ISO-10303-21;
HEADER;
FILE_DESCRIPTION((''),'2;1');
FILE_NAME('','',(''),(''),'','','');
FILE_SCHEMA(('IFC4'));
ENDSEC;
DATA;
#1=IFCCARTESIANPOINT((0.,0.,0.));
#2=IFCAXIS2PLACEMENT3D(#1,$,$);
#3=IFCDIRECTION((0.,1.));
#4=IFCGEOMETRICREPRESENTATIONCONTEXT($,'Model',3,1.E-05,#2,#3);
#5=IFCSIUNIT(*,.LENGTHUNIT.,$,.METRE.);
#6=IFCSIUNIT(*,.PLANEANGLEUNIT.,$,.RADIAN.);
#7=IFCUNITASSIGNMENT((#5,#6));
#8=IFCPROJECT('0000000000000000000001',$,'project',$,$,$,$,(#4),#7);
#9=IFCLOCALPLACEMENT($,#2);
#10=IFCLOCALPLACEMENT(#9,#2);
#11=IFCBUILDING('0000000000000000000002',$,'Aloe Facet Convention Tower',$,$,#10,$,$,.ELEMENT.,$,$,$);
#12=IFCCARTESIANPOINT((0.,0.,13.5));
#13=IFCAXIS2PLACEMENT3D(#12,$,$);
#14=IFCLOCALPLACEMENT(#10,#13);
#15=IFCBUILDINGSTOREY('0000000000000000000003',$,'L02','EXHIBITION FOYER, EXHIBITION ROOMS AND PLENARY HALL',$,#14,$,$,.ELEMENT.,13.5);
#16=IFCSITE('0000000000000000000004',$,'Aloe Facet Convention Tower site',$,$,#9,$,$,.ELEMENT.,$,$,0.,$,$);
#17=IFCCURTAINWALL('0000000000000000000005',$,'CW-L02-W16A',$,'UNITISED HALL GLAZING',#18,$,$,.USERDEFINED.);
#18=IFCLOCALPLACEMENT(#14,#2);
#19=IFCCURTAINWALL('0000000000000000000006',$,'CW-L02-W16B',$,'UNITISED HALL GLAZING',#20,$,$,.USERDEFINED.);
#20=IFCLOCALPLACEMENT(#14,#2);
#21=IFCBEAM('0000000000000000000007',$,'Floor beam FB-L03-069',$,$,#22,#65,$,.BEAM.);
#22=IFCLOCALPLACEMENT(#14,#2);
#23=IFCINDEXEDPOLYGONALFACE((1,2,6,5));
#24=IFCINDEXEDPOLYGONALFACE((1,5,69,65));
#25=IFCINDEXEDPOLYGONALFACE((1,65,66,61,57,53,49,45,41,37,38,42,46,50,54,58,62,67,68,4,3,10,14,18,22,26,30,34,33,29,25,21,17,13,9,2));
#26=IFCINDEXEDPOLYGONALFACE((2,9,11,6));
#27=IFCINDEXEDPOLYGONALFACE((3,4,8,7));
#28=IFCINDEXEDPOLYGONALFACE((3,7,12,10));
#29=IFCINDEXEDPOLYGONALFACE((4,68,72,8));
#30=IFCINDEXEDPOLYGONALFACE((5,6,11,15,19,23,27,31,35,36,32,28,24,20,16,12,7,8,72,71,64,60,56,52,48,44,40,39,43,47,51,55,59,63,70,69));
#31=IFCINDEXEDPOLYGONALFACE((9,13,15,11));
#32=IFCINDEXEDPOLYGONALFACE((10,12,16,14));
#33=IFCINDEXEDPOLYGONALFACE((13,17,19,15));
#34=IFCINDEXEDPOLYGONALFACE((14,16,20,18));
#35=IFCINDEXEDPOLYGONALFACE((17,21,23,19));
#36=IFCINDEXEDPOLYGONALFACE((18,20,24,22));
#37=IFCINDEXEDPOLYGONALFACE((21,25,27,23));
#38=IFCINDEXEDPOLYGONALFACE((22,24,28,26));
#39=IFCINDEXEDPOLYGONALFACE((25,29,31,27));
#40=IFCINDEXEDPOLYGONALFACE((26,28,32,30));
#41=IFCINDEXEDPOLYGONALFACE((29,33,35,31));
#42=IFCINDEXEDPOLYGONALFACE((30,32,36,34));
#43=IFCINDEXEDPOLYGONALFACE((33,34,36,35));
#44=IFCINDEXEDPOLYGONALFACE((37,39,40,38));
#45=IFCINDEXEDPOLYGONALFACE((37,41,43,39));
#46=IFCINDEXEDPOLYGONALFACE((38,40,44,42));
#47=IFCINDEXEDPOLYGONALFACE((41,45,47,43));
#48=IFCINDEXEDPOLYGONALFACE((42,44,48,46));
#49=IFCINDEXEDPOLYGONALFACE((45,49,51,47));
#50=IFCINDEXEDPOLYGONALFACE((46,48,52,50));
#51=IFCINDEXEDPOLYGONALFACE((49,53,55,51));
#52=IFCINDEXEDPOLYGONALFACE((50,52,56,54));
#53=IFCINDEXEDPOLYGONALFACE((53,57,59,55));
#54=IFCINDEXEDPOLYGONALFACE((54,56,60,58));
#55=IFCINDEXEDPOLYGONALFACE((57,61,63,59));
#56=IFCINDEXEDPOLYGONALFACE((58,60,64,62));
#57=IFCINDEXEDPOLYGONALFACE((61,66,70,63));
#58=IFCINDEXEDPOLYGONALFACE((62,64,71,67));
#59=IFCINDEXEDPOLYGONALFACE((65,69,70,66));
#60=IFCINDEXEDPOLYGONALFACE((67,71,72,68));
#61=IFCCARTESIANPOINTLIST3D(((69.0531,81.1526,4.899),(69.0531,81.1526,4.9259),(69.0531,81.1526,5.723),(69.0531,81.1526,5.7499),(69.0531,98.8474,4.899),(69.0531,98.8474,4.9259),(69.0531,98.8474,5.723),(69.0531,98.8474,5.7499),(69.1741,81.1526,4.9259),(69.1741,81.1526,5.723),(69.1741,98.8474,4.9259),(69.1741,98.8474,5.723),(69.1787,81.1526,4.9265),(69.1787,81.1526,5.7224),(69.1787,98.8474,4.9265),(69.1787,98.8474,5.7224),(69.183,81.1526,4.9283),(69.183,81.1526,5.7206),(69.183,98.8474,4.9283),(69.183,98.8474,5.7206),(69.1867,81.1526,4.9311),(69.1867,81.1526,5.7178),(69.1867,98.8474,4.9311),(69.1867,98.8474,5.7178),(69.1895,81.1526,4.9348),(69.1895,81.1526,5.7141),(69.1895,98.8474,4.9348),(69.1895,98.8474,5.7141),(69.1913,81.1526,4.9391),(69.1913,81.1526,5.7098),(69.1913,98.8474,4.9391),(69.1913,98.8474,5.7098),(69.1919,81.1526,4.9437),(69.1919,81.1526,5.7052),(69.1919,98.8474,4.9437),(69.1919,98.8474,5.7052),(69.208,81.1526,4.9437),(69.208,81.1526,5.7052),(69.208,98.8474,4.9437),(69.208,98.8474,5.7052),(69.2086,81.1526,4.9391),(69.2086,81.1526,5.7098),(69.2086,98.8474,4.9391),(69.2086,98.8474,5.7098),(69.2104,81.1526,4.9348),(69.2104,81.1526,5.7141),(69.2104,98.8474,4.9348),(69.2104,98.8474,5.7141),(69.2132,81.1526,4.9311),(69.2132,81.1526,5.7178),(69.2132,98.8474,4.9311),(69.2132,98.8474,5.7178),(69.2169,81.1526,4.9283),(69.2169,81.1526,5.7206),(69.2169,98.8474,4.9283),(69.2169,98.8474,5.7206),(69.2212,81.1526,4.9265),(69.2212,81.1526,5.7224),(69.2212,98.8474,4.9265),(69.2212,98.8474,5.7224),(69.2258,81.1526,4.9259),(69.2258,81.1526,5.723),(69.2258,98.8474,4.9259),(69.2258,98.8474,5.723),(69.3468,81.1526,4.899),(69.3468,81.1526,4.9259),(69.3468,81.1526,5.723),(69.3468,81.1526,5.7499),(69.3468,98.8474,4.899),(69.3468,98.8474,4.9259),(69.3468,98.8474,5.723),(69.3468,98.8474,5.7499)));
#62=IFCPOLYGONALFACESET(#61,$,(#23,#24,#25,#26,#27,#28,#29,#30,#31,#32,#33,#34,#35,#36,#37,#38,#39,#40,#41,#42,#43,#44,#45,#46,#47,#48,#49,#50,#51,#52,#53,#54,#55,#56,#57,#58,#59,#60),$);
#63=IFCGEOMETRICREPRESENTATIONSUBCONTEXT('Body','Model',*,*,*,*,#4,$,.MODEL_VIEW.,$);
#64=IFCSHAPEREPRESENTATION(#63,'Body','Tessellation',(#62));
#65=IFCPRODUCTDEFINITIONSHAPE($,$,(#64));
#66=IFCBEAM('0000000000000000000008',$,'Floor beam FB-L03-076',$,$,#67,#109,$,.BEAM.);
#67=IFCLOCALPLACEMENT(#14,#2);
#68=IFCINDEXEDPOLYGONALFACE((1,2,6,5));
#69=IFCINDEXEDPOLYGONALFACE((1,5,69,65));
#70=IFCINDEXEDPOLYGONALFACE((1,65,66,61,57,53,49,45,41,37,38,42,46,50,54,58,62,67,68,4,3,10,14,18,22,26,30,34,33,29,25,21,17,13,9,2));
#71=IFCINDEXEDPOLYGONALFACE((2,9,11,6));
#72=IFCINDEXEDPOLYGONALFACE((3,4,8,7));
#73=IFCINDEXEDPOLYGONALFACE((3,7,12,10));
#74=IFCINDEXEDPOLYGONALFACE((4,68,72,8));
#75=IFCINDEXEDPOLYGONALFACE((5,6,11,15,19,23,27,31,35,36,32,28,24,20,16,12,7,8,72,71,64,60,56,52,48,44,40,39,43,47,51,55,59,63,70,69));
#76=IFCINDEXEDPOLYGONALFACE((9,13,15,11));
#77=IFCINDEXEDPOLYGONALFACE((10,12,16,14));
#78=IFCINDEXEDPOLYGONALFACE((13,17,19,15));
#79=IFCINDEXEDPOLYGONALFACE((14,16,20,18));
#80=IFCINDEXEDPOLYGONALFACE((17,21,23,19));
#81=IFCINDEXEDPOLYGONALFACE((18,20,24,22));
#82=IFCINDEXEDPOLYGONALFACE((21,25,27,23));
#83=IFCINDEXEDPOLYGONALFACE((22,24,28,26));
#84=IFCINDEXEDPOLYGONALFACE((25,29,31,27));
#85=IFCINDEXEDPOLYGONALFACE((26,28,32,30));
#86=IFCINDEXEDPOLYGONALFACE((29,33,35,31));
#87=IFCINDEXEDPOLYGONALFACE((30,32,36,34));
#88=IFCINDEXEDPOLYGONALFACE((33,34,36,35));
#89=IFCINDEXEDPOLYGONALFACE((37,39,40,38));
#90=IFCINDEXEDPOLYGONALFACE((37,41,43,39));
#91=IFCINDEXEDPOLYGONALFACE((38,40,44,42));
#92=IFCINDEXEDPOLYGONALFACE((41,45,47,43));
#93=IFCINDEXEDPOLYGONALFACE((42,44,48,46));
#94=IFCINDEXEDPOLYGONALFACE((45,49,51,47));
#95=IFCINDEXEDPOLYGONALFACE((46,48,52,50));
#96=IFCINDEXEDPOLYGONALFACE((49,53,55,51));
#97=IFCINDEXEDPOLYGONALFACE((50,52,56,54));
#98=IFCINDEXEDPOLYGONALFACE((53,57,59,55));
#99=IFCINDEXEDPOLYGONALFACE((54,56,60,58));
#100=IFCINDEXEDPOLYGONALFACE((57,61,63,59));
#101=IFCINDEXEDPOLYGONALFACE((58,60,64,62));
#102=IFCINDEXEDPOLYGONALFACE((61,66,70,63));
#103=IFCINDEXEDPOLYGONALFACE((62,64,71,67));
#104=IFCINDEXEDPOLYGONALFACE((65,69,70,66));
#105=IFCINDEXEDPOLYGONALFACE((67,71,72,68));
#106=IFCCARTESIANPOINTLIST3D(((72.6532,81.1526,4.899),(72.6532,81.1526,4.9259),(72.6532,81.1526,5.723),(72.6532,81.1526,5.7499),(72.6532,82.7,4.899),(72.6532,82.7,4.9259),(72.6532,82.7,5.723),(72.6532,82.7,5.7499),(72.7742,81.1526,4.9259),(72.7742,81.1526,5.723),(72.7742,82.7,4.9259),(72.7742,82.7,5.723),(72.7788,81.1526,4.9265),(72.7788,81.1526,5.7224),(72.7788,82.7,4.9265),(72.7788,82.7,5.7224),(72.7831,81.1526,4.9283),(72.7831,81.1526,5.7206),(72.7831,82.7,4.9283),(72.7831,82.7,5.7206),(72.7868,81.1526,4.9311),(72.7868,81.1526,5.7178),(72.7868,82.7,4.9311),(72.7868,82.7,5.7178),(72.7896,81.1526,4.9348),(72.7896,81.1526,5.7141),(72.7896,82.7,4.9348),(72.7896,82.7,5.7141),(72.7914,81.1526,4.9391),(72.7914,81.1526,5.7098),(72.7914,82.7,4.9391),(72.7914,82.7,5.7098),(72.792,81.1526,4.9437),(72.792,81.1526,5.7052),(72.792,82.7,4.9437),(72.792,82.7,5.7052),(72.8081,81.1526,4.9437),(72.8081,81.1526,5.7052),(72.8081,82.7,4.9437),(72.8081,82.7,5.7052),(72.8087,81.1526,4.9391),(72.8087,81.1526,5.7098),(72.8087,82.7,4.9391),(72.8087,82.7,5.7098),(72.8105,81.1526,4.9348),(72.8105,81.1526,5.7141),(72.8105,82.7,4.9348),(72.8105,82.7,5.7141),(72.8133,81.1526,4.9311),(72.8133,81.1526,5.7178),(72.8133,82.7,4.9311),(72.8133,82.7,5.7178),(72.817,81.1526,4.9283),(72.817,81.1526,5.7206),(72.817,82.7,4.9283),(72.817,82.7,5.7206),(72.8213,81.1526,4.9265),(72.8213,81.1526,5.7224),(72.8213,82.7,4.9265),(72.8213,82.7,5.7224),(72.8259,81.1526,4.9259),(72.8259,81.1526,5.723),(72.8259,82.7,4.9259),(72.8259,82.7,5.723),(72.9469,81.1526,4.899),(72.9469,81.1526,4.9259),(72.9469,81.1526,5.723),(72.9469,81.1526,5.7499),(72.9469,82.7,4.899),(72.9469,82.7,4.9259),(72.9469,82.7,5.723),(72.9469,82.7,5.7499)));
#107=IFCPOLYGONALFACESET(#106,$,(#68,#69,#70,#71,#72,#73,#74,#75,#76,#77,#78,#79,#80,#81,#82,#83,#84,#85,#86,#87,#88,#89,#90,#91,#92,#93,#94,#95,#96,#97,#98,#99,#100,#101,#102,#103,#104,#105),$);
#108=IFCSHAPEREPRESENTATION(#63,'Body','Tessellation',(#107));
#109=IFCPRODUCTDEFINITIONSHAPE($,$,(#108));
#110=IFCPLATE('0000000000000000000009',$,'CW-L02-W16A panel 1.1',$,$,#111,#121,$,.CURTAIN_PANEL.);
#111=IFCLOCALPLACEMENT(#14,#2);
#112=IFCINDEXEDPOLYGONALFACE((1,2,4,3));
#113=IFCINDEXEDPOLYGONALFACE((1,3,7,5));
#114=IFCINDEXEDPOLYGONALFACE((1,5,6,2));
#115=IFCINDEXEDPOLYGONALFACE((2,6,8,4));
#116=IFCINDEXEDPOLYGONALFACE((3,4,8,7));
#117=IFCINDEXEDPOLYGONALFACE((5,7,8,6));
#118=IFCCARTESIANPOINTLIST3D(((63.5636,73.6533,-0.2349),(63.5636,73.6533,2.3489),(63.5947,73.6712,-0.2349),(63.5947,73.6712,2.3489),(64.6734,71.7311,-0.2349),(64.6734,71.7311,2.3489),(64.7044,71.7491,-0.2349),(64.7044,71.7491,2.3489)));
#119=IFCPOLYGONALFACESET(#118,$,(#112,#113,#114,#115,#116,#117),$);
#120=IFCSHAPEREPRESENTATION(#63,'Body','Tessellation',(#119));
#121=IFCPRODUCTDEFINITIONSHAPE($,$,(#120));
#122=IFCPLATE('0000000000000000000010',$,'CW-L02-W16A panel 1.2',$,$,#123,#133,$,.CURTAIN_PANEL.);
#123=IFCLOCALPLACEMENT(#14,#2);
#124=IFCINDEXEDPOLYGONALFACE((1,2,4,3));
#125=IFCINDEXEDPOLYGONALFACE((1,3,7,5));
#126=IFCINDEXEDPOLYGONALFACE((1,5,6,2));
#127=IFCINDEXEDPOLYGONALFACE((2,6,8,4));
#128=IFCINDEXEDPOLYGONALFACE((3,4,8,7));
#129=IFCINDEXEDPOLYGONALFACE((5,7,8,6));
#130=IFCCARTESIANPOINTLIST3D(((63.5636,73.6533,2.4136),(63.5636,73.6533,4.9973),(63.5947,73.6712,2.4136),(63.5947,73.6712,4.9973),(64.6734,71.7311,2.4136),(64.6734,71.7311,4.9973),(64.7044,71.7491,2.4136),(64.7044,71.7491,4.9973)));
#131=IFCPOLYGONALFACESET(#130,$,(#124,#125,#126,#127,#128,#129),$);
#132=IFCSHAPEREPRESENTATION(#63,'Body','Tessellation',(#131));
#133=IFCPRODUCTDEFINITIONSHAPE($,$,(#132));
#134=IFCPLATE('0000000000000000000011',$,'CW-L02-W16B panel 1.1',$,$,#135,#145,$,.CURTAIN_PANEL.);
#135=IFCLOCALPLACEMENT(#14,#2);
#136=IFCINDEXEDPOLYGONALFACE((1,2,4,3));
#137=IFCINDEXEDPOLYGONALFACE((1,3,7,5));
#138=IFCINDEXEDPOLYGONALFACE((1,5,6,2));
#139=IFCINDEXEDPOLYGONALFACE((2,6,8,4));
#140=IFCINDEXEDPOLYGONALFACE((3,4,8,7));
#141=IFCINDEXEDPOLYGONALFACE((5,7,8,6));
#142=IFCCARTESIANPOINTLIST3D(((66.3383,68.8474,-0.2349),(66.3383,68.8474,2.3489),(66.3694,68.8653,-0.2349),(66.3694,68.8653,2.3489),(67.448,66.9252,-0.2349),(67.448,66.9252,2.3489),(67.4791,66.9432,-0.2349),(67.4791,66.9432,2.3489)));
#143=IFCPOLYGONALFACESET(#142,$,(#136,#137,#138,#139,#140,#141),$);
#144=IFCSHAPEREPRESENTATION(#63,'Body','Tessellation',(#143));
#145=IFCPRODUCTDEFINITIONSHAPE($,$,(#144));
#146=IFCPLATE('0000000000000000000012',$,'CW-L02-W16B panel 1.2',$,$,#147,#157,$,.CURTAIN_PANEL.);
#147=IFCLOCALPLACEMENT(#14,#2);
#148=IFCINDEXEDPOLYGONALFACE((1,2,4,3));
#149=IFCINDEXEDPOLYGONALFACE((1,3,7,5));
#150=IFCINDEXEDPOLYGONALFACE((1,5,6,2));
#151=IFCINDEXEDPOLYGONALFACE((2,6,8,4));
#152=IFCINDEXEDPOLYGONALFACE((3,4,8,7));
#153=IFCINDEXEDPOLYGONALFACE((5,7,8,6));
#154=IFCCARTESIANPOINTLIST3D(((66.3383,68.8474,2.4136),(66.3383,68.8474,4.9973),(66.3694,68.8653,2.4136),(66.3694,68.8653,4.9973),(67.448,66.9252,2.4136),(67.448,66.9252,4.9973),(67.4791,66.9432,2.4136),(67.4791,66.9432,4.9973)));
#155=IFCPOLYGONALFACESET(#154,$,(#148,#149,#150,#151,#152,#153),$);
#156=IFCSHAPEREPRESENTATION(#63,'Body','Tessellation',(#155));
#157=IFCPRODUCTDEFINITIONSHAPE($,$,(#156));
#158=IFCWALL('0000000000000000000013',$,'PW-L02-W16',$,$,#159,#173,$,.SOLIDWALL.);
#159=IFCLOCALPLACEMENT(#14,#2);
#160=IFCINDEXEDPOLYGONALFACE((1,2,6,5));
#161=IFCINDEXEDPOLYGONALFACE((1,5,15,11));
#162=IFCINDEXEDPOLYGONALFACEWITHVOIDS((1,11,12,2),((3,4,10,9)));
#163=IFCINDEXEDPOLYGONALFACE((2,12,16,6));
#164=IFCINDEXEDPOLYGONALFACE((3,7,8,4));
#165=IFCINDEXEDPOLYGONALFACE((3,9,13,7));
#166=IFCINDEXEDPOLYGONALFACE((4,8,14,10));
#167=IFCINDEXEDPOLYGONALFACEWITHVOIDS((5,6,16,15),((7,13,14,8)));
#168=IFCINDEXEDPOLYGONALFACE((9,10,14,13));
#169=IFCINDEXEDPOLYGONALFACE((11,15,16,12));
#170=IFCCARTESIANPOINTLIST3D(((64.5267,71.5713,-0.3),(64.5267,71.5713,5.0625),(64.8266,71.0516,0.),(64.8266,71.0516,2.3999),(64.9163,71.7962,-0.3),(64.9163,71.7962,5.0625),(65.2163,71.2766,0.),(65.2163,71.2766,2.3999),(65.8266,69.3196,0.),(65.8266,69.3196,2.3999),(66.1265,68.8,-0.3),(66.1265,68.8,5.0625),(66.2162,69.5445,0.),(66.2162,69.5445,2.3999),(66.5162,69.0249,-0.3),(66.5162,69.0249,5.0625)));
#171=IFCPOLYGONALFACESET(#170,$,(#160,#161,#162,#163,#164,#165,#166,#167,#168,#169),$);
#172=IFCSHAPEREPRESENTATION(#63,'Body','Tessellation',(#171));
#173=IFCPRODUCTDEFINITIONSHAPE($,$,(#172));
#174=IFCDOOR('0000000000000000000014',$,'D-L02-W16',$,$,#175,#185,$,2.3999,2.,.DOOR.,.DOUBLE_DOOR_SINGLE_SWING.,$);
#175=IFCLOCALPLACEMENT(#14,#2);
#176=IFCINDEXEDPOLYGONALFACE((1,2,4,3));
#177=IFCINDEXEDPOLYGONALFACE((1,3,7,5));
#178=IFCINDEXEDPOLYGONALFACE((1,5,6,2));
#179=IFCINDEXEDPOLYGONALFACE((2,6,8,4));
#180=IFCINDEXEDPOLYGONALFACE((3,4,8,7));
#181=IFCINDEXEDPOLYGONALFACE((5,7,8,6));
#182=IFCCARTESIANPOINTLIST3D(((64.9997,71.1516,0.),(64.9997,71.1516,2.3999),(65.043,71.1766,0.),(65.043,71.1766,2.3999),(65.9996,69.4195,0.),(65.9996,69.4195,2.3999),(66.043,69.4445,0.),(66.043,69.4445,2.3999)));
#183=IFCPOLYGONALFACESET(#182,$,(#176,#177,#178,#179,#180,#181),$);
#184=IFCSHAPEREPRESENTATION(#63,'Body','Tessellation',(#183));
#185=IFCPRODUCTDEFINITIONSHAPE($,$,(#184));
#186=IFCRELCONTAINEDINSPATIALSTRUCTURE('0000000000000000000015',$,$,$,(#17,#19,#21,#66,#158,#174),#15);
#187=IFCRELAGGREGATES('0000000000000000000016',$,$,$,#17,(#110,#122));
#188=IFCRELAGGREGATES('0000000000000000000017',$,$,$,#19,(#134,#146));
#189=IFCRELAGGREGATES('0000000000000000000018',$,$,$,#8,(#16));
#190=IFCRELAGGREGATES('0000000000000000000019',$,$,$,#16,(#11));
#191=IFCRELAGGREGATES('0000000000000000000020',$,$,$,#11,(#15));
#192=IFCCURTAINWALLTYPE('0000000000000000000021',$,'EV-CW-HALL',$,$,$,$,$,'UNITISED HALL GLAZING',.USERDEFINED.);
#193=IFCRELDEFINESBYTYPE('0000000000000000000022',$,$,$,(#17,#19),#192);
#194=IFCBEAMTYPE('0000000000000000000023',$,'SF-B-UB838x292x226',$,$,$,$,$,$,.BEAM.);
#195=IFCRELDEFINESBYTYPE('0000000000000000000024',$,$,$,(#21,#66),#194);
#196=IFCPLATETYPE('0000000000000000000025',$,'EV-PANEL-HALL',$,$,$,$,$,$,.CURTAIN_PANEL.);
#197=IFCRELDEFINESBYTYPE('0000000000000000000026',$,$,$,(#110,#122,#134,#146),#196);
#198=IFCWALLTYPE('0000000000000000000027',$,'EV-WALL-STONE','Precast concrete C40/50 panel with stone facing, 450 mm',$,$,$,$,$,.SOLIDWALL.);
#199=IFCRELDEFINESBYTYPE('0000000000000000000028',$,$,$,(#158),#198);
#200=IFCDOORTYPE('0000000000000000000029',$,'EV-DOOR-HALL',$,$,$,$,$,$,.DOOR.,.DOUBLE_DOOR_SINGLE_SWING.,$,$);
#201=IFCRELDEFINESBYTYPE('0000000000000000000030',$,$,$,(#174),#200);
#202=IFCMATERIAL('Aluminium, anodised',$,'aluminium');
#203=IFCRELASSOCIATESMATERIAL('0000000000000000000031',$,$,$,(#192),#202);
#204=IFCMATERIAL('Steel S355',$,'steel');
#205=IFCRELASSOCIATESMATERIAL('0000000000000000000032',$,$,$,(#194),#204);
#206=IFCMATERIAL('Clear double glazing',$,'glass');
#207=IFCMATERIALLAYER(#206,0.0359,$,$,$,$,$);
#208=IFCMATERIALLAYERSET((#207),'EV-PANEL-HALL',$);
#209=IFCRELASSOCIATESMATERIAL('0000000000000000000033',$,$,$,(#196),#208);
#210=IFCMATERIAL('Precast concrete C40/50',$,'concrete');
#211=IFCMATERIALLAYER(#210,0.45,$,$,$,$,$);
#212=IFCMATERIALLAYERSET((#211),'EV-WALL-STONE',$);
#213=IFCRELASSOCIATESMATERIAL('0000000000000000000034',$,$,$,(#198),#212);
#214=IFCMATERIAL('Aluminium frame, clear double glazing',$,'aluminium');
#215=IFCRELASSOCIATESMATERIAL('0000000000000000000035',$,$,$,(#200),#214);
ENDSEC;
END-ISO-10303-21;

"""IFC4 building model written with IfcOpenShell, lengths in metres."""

from ifc_helpers import new_model, si_unit, direction, frame, frame_2d, origin, origin_2d, place, context, subcontext, project, spatial, rectangle, i_section, extrude, material, layer, layer_set, material_profile, profile_set, type_object, element, fill, aggregate, save


model = new_model("IFC4")

# Units and contexts
model_context = context("Model", 3, precision=1e-05, world=origin(), true_north=direction((0.0, 1.0)))
body_context = subcontext(model_context, "Body", "Model", "MODEL_VIEW")
ifc_project = project(units=[si_unit("LENGTHUNIT", "METRE"), si_unit("PLANEANGLEUNIT", "RADIAN")], contexts=[model_context])

# Site, building, storey
site_placement = place(None, origin())
site = spatial("IfcSite", under=ifc_project, at=site_placement, Name="Aloe Facet Convention Tower site", CompositionType="ELEMENT", RefElevation=0.0)
building_placement = place(site_placement, origin())
building = spatial("IfcBuilding", under=site, at=building_placement, Name="Aloe Facet Convention Tower", CompositionType="ELEMENT")
storey_placement = place(building_placement, frame((0.0, 0.0, 13.5)))
storey = spatial("IfcBuildingStorey", under=building, at=storey_placement, Name="L02", Description="EXHIBITION FOYER, EXHIBITION ROOMS AND PLENARY HALL", CompositionType="ELEMENT", Elevation=13.5)

# Curtain wall
ifc_material_1 = material(Name="Aluminium, anodised", Category="aluminium")
curtain_wall_type = type_object("IfcCurtainWallType", Name="EV-CW-HALL", ElementType="UNITISED HALL GLAZING", PredefinedType="USERDEFINED", material=ifc_material_1)
curtain_wall_1_placement = place(storey_placement, origin())
curtain_wall_1 = element("IfcCurtainWall", 1, at=curtain_wall_1_placement, inside=storey, type_object=curtain_wall_type, Name="CW-L02-W16A", ObjectType="UNITISED HALL GLAZING", PredefinedType="USERDEFINED")

# Curtain wall
curtain_wall_2_placement = place(storey_placement, origin())
curtain_wall_2 = element("IfcCurtainWall", 2, at=curtain_wall_2_placement, inside=storey, type_object=curtain_wall_type, Name="CW-L02-W16B", ObjectType="UNITISED HALL GLAZING", PredefinedType="USERDEFINED")

# Beams
ifc_material_2 = material(Name="Steel S355", Category="steel")
ifc_material_profile_1 = material_profile(ifc_material_2, i_section(OverallWidth=0.2937, OverallDepth=0.8508, WebThickness=0.0161, FlangeThickness=0.0269, FilletRadius=0.0178, at=origin_2d()), Name="UB 838x292x226")
ifc_profile_set_1 = profile_set([ifc_material_profile_1], Name="Steel S355")
beam_type_1 = type_object("IfcBeamType", Name="SF-B-UB838x292x226", PredefinedType="BEAM", material=ifc_profile_set_1)
beam_1_placement = place(storey_placement, frame((69.2, 81.1526, 5.3245), z_axis=(0.0, 1.0, 0.0), x_axis=(-1.0, 0.0, 0.0)))
element("IfcBeam", 3, at=beam_1_placement, inside=storey, type_object=beam_type_1, Name="Floor beam FB-L03-069", PredefinedType="BEAM", context=body_context, shape_type="SweptSolid", body=[
    extrude(i_section(OverallWidth=0.2937, OverallDepth=0.8508, WebThickness=0.0161, FlangeThickness=0.0269, FilletRadius=0.0178, at=origin_2d()), origin(), (0.0, 0.0, 1.0), 17.6948),
])
beam_2_placement = place(storey_placement, frame((72.8, 81.1526, 5.3245), z_axis=(0.0, 1.0, 0.0), x_axis=(-1.0, 0.0, 0.0)))
element("IfcBeam", 4, at=beam_2_placement, inside=storey, type_object=beam_type_1, Name="Floor beam FB-L03-076", PredefinedType="BEAM", context=body_context, shape_type="SweptSolid", body=[
    extrude(i_section(OverallWidth=0.2937, OverallDepth=0.8508, WebThickness=0.0161, FlangeThickness=0.0269, FilletRadius=0.0178, at=origin_2d()), origin(), (0.0, 0.0, 1.0), 1.5474),
])

# Plates
ifc_material_3 = material(Name="Clear double glazing", Category="glass")
ifc_layer_1 = layer(ifc_material_3, 0.0359)
ifc_layer_set_1 = layer_set([ifc_layer_1], Name="EV-PANEL-HALL")
plate_type = type_object("IfcPlateType", Name="EV-PANEL-HALL", PredefinedType="CURTAIN_PANEL", material=ifc_layer_set_1)
plate_1_placement = place(storey_placement, frame((64.134, 72.7012, -0.2349), z_axis=(0.0, 0.0, 1.0), x_axis=(0.5, -0.866025, 0.0)))
plate_1 = element("IfcPlate", 5, at=plate_1_placement, type_object=plate_type, Name="CW-L02-W16A panel 1.1", PredefinedType="CURTAIN_PANEL", context=body_context, shape_type="SweptSolid", body=[
    extrude(rectangle(XDim=2.2195, YDim=0.0359, at=origin_2d()), origin(), (0.0, 0.0, 1.0), 2.5837),
])
plate_2_placement = place(storey_placement, frame((64.134, 72.7012, 2.4136), z_axis=(0.0, 0.0, 1.0), x_axis=(0.5, -0.866025, 0.0)))
plate_2 = element("IfcPlate", 6, at=plate_2_placement, type_object=plate_type, Name="CW-L02-W16A panel 1.2", PredefinedType="CURTAIN_PANEL", context=body_context, shape_type="SweptSolid", body=[
    extrude(rectangle(XDim=2.2195, YDim=0.0359, at=origin_2d()), origin(), (0.0, 0.0, 1.0), 2.5837),
])
aggregate(curtain_wall_1, [plate_1, plate_2])
plate_3_placement = place(storey_placement, frame((66.9087, 67.8953, -0.2349), z_axis=(0.0, 0.0, 1.0), x_axis=(0.5, -0.866025, 0.0)))
plate_3 = element("IfcPlate", 7, at=plate_3_placement, type_object=plate_type, Name="CW-L02-W16B panel 1.1", PredefinedType="CURTAIN_PANEL", context=body_context, shape_type="SweptSolid", body=[
    extrude(rectangle(XDim=2.2195, YDim=0.0359, at=origin_2d()), origin(), (0.0, 0.0, 1.0), 2.5837),
])
plate_4_placement = place(storey_placement, frame((66.9087, 67.8953, 2.4136), z_axis=(0.0, 0.0, 1.0), x_axis=(0.5, -0.866025, 0.0)))
plate_4 = element("IfcPlate", 8, at=plate_4_placement, type_object=plate_type, Name="CW-L02-W16B panel 1.2", PredefinedType="CURTAIN_PANEL", context=body_context, shape_type="SweptSolid", body=[
    extrude(rectangle(XDim=2.2195, YDim=0.0359, at=origin_2d()), origin(), (0.0, 0.0, 1.0), 2.5837),
])
aggregate(curtain_wall_2, [plate_3, plate_4])

# Wall, opening, door
ifc_material_4 = material(Name="Precast concrete C40/50", Category="concrete")
ifc_layer_2 = layer(ifc_material_4, 0.45)
ifc_layer_set_2 = layer_set([ifc_layer_2], Name="EV-WALL-STONE")
wall_type_1 = type_object("IfcWallType", Name="EV-WALL-STONE", Description="Precast concrete C40/50 panel with stone facing, 450 mm", PredefinedType="SOLIDWALL", material=ifc_layer_set_2)
wall_1_placement = place(storey_placement, frame((64.7214, 71.6838, -0.3), z_axis=(0.0, 0.0, 1.0), x_axis=(0.499971, -0.866042, 0.0)))
wall_1 = element("IfcWall", 9, at=wall_1_placement, inside=storey, type_object=wall_type_1, Name="PW-L02-W16", PredefinedType="SOLIDWALL", context=body_context, shape_type="SweptSolid", body=[
    extrude(rectangle(XDim=3.2, YDim=0.45, at=frame_2d((1.6001, 0.0))), origin(), (0.0, 0.0, 1.0), 5.3625),
])
opening_1_placement = place(wall_1_placement, frame((0.6001, 0.0, 0.3)))
opening_1 = element("IfcOpeningElement", 10, at=opening_1_placement, cuts=wall_1, PredefinedType="OPENING", context=body_context, shape_type="SweptSolid", body=[
    extrude(rectangle(XDim=2.0, YDim=2.3999, at=frame_2d((1.0, 1.2))), frame((0.0, 0.2349, 0.0), z_axis=(0.0, -1.0, 0.0), x_axis=(1.0, 0.0, 0.0)), (0.0, 0.0, 1.0), 0.47),
])
ifc_material_5 = material(Name="Aluminium frame, clear double glazing", Category="aluminium")
door_type_1 = type_object("IfcDoorType", Name="EV-DOOR-HALL", OperationType="DOUBLE_DOOR_SINGLE_SWING", PredefinedType="DOOR", material=ifc_material_5)
door_1_placement = place(opening_1_placement, origin())
door_1 = element("IfcDoor", 11, at=door_1_placement, inside=storey, type_object=door_type_1, Name="D-L02-W16", OperationType="DOUBLE_DOOR_SINGLE_SWING", OverallHeight=2.3999, OverallWidth=2.0, PredefinedType="DOOR", context=body_context, shape_type="SweptSolid", body=[
    extrude(rectangle(XDim=2.0, YDim=2.3999, at=frame_2d((1.0, 1.2))), frame((0.0, 0.0249, 0.0), z_axis=(0.0, -1.0, 0.0), x_axis=(1.0, 0.0, 0.0)), (0.0, 0.0, 1.0), 0.05),
])
fill(opening_1, door_1)

save(model, "model.ifc")
